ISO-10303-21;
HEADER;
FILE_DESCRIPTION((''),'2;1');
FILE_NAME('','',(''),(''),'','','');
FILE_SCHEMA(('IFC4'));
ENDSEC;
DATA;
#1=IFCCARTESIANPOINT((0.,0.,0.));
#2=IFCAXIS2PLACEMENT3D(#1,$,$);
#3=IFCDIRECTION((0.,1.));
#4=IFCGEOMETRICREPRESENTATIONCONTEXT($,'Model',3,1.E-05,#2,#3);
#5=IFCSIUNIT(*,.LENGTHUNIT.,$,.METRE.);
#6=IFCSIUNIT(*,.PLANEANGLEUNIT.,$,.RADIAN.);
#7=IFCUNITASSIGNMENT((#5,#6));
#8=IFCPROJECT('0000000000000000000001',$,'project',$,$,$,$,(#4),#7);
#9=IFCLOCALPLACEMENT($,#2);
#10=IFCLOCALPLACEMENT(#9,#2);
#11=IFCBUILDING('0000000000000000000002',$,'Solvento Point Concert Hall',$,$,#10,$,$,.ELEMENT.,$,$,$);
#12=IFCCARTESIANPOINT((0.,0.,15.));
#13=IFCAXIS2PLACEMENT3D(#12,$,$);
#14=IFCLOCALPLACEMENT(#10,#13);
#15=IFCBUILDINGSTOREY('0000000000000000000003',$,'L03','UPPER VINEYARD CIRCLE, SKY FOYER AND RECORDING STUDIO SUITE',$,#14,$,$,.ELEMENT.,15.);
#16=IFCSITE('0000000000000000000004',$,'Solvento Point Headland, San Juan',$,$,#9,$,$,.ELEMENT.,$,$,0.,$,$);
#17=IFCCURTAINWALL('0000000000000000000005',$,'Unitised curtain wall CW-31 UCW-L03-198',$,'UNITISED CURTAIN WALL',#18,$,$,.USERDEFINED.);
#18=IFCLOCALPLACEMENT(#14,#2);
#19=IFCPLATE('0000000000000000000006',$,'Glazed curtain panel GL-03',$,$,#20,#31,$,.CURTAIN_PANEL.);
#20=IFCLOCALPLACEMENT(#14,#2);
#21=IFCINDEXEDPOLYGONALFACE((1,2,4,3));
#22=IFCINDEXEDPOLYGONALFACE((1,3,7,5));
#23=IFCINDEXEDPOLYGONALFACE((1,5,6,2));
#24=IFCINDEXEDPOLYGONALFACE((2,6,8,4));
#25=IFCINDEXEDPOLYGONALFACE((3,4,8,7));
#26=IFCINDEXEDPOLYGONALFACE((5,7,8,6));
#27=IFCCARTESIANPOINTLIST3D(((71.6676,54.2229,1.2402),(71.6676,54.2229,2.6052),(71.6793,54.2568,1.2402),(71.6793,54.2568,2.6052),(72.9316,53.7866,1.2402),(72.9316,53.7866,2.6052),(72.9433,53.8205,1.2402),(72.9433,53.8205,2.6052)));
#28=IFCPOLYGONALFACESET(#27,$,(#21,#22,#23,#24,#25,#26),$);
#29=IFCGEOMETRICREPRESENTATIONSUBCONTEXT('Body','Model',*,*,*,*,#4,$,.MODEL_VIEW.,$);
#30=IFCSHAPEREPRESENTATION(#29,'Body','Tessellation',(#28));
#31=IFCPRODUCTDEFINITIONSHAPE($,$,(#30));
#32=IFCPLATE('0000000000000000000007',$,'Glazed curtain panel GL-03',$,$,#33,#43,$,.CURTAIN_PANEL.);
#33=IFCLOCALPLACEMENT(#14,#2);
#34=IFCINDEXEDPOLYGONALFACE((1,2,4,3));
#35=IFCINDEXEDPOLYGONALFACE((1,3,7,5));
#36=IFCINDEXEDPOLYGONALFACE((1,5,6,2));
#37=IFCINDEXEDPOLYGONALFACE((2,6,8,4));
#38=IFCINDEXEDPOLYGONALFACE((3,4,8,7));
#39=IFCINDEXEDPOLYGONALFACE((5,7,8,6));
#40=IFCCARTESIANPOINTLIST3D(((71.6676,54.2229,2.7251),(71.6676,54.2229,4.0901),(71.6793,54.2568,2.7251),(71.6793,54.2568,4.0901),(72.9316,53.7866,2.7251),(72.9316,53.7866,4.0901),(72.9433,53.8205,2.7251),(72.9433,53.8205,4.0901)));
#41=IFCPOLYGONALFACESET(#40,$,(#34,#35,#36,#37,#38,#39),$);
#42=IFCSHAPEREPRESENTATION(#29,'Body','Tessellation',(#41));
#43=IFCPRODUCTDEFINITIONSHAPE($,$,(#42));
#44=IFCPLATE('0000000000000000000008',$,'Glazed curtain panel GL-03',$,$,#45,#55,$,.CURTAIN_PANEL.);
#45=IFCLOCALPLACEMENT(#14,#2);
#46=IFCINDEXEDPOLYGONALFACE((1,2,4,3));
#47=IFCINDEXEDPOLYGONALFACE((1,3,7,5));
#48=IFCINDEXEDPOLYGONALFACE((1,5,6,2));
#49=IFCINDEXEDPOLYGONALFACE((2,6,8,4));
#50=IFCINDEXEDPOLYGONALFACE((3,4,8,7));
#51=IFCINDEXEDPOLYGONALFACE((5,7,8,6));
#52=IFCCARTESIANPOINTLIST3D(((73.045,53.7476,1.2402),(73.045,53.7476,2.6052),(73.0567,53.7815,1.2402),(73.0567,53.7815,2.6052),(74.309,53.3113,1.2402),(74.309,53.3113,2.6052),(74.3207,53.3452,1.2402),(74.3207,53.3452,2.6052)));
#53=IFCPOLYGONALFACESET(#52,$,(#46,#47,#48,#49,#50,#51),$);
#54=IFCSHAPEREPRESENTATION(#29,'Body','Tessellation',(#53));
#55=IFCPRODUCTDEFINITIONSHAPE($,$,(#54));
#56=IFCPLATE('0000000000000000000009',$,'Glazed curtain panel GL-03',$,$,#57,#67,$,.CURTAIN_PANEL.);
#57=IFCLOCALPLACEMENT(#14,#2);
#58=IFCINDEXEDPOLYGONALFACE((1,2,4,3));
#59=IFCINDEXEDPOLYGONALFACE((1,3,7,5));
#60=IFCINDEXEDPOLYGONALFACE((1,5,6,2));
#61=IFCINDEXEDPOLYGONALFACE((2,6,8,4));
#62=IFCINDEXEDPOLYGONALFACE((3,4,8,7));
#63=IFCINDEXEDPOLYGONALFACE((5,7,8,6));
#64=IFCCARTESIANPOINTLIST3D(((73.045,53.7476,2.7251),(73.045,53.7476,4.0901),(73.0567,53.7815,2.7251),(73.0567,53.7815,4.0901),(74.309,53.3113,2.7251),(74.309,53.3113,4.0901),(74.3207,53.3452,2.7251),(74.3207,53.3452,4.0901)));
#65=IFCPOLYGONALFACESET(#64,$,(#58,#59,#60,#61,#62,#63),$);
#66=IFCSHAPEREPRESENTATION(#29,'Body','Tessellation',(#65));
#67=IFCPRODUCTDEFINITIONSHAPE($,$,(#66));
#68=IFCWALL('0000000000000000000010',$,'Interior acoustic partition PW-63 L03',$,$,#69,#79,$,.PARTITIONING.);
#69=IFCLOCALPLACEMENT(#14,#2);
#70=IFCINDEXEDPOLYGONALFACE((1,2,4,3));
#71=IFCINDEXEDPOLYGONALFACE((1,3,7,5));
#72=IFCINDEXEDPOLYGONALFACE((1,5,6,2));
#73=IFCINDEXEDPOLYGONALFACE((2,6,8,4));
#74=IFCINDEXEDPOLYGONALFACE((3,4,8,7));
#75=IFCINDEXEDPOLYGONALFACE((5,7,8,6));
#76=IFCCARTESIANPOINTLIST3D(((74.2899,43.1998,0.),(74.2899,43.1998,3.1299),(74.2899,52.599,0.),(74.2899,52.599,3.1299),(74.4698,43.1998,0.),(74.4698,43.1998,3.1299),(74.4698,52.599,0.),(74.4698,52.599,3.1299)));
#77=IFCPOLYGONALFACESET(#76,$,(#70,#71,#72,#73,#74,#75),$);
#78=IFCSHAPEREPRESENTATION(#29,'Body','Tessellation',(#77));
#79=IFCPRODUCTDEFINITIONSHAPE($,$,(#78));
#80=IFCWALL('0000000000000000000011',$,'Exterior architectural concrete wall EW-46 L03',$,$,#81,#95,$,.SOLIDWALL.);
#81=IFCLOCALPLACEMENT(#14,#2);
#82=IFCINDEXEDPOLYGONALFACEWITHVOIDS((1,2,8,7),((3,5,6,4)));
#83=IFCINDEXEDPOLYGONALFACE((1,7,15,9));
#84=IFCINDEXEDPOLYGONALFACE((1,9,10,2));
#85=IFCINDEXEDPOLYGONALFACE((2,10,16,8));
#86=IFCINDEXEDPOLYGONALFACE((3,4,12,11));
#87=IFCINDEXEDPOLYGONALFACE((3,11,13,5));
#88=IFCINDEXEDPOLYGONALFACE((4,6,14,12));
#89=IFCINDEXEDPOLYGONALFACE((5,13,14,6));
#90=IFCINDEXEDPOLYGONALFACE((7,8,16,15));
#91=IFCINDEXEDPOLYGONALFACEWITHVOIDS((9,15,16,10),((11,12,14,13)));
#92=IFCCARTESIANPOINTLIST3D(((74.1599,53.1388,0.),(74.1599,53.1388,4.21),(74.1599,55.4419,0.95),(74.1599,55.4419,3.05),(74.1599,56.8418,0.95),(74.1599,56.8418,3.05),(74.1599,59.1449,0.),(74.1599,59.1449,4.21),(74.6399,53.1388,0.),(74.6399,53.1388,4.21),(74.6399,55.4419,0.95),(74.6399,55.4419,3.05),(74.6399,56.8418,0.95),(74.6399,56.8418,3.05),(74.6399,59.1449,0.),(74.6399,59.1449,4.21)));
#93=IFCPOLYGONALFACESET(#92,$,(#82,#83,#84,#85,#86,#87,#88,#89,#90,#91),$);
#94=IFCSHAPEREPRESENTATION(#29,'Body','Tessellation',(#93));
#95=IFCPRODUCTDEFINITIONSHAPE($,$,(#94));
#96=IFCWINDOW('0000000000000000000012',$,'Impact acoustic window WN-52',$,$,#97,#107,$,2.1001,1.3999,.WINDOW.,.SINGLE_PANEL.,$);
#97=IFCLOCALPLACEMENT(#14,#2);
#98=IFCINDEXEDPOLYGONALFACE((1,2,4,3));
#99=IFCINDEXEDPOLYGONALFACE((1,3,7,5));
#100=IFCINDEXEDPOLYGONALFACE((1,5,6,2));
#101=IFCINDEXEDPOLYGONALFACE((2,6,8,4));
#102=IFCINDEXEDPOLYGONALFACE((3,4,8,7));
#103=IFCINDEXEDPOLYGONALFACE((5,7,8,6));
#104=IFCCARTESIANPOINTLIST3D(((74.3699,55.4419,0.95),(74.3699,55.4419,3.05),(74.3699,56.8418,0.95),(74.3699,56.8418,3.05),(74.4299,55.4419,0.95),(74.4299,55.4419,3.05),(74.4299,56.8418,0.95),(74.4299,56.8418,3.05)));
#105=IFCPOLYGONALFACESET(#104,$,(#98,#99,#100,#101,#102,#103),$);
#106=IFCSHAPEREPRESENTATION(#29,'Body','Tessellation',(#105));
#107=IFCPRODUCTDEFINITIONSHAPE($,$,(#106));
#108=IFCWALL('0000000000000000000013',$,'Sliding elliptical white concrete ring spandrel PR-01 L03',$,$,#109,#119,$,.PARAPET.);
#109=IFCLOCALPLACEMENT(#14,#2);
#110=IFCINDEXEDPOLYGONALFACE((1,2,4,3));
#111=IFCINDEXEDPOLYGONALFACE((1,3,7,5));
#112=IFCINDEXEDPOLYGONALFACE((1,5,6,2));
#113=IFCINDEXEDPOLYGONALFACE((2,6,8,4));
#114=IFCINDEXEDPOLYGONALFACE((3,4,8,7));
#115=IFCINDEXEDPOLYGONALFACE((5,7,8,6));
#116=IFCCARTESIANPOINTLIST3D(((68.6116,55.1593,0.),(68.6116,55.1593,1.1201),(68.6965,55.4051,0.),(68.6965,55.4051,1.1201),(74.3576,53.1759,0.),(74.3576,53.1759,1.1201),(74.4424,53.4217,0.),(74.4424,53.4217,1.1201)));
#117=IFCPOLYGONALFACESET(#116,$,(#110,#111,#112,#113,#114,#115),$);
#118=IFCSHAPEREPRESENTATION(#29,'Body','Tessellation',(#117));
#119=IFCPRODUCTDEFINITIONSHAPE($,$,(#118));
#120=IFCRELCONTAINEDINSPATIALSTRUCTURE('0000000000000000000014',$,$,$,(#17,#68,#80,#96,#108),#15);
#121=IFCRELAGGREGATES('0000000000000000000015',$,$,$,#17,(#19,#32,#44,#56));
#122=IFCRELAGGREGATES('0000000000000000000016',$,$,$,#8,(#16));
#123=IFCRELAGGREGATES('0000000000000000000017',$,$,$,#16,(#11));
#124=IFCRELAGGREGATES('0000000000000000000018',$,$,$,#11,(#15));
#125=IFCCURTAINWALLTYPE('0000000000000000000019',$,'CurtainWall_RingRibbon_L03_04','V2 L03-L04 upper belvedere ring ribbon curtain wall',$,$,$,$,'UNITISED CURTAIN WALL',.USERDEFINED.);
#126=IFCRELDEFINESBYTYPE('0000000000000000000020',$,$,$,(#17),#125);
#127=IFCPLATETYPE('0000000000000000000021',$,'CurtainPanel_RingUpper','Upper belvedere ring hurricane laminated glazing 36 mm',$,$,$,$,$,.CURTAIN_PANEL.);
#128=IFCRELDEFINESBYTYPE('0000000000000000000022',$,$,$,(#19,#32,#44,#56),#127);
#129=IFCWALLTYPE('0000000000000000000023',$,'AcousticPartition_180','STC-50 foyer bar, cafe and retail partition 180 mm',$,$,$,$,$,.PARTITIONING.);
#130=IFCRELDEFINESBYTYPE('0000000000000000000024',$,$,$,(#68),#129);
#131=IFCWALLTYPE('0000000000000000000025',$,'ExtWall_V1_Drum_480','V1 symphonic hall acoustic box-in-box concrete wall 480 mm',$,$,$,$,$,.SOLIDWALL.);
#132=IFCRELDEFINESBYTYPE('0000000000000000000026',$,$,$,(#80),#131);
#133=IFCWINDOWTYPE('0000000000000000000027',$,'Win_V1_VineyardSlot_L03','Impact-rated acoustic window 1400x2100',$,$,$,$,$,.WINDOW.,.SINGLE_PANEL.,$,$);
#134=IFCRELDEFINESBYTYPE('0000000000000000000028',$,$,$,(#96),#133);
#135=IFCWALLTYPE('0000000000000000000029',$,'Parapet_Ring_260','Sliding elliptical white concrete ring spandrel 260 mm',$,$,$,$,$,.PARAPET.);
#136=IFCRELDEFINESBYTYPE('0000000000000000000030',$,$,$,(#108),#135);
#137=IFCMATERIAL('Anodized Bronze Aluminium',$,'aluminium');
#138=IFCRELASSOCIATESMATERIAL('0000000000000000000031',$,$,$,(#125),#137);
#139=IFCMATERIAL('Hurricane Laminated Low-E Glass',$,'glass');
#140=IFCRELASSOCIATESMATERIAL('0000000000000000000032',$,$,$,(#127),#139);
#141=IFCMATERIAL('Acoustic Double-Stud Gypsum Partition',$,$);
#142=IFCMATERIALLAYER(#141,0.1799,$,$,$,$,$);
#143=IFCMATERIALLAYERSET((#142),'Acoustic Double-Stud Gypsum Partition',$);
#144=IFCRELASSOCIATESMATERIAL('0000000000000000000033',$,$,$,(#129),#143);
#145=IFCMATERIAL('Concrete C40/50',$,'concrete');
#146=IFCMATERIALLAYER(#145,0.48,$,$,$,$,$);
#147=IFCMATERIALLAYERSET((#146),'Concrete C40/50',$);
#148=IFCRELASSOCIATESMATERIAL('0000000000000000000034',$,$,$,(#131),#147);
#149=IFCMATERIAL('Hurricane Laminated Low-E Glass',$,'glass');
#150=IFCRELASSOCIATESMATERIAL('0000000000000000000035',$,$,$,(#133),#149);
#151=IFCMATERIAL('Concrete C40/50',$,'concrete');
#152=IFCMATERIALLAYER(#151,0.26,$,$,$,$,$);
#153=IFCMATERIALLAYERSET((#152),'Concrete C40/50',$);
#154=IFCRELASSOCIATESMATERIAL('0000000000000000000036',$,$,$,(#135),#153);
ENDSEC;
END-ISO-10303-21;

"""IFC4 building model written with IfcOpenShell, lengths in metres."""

from ifc_helpers import new_model, si_unit, direction, frame, frame_2d, origin, origin_2d, place, context, subcontext, project, spatial, rectangle, extrude, material, layer, layer_set, type_object, element, fill, aggregate, save


model = new_model("IFC4")

# Units and contexts
model_context = context("Model", 3, precision=1e-05, world=origin(), true_north=direction((0.0, 1.0)))
body_context = subcontext(model_context, "Body", "Model", "MODEL_VIEW")
ifc_project = project(units=[si_unit("LENGTHUNIT", "METRE"), si_unit("PLANEANGLEUNIT", "RADIAN")], contexts=[model_context])

# Site, building, storey
site_placement = place(None, origin())
site = spatial("IfcSite", under=ifc_project, at=site_placement, Name="Solvento Point Headland, San Juan", CompositionType="ELEMENT", RefElevation=0.0)
building_placement = place(site_placement, origin())
building = spatial("IfcBuilding", under=site, at=building_placement, Name="Solvento Point Concert Hall", CompositionType="ELEMENT")
storey_placement = place(building_placement, frame((0.0, 0.0, 15.0)))
storey = spatial("IfcBuildingStorey", under=building, at=storey_placement, Name="L03", Description="UPPER VINEYARD CIRCLE, SKY FOYER AND RECORDING STUDIO SUITE", CompositionType="ELEMENT", Elevation=15.0)

# Shared definitions
ifc_material_1 = material(Name="Anodized Bronze Aluminium", Category="aluminium")
curtain_wall_type = type_object("IfcCurtainWallType", Name="CurtainWall_RingRibbon_L03_04", Description="V2 L03-L04 upper belvedere ring ribbon curtain wall", ElementType="UNITISED CURTAIN WALL", PredefinedType="USERDEFINED", material=ifc_material_1)

# Curtain wall
curtain_wall_1_placement = place(storey_placement, origin())
curtain_wall_1 = element("IfcCurtainWall", 1, at=curtain_wall_1_placement, inside=storey, type_object=curtain_wall_type, Name="Unitised curtain wall CW-31 UCW-L03-198", ObjectType="UNITISED CURTAIN WALL", PredefinedType="USERDEFINED")

# Plates
ifc_material_2 = material(Name="Hurricane Laminated Low-E Glass", Category="glass")
plate_type = type_object("IfcPlateType", Name="CurtainPanel_RingUpper", Description="Upper belvedere ring hurricane laminated glazing 36 mm", PredefinedType="CURTAIN_PANEL", material=ifc_material_2)
plate_1_placement = place(storey_placement, frame((72.3054, 54.0217, 1.2402), z_axis=(0.0, 0.0, 1.0), x_axis=(0.945271, -0.326288, 0.0)))
plate_1 = element("IfcPlate", 2, at=plate_1_placement, type_object=plate_type, Name="Glazed curtain panel GL-03", PredefinedType="CURTAIN_PANEL", context=body_context, shape_type="SweptSolid", body=[
    extrude(rectangle(XDim=1.3372, YDim=0.0359, at=origin_2d()), origin(), (0.0, 0.0, 1.0), 1.365),
])
plate_2_placement = place(storey_placement, frame((72.3054, 54.0217, 2.7251), z_axis=(0.0, 0.0, 1.0), x_axis=(0.945271, -0.326288, 0.0)))
plate_2 = element("IfcPlate", 3, at=plate_2_placement, type_object=plate_type, Name="Glazed curtain panel GL-03", PredefinedType="CURTAIN_PANEL", context=body_context, shape_type="SweptSolid", body=[
    extrude(rectangle(XDim=1.3372, YDim=0.0359, at=origin_2d()), origin(), (0.0, 0.0, 1.0), 1.365),
])
plate_3_placement = place(storey_placement, frame((73.6829, 53.5464, 1.2402), z_axis=(0.0, 0.0, 1.0), x_axis=(0.945271, -0.326288, 0.0)))
plate_3 = element("IfcPlate", 4, at=plate_3_placement, type_object=plate_type, Name="Glazed curtain panel GL-03", PredefinedType="CURTAIN_PANEL", context=body_context, shape_type="SweptSolid", body=[
    extrude(rectangle(XDim=1.3372, YDim=0.0359, at=origin_2d()), origin(), (0.0, 0.0, 1.0), 1.365),
])
plate_4_placement = place(storey_placement, frame((73.6829, 53.5464, 2.7251), z_axis=(0.0, 0.0, 1.0), x_axis=(0.945271, -0.326288, 0.0)))
plate_4 = element("IfcPlate", 5, at=plate_4_placement, type_object=plate_type, Name="Glazed curtain panel GL-03", PredefinedType="CURTAIN_PANEL", context=body_context, shape_type="SweptSolid", body=[
    extrude(rectangle(XDim=1.3372, YDim=0.0359, at=origin_2d()), origin(), (0.0, 0.0, 1.0), 1.365),
])
aggregate(curtain_wall_1, [plate_1, plate_2, plate_3, plate_4])

# Wall
ifc_material_3 = material(Name="Acoustic Double-Stud Gypsum Partition")
ifc_layer_1 = layer(ifc_material_3, 0.1799)
ifc_layer_set_1 = layer_set([ifc_layer_1], Name="Acoustic Double-Stud Gypsum Partition")
wall_type_1 = type_object("IfcWallType", Name="AcousticPartition_180", Description="STC-50 foyer bar, cafe and retail partition 180 mm", PredefinedType="PARTITIONING", material=ifc_layer_set_1)
wall_1_placement = place(storey_placement, frame((74.3799, 52.5991, 0.0), z_axis=(0.0, 0.0, 1.0), x_axis=(0.0, -1.0, 0.0)))
element("IfcWall", 6, at=wall_1_placement, inside=storey, type_object=wall_type_1, Name="Interior acoustic partition PW-63 L03", PredefinedType="PARTITIONING", context=body_context, shape_type="SweptSolid", body=[
    extrude(rectangle(XDim=9.3992, YDim=0.1799, at=frame_2d((4.6997, 0.0))), origin(), (0.0, 0.0, 1.0), 3.1299),
])

# Wall, opening, window
ifc_material_4 = material(Name="Concrete C40/50", Category="concrete")
ifc_layer_2 = layer(ifc_material_4, 0.48)
ifc_layer_set_2 = layer_set([ifc_layer_2], Name="Concrete C40/50")
wall_type_2 = type_object("IfcWallType", Name="ExtWall_V1_Drum_480", Description="V1 symphonic hall acoustic box-in-box concrete wall 480 mm", PredefinedType="SOLIDWALL", material=ifc_layer_set_2)
wall_2_placement = place(storey_placement, frame((74.3999, 53.1389, 0.0), z_axis=(0.0, 0.0, 1.0), x_axis=(0.0, 1.0, 0.0)))
wall_2 = element("IfcWall", 7, at=wall_2_placement, inside=storey, type_object=wall_type_2, Name="Exterior architectural concrete wall EW-46 L03", PredefinedType="SOLIDWALL", context=body_context, shape_type="SweptSolid", body=[
    extrude(rectangle(XDim=6.0061, YDim=0.48, at=frame_2d((3.0029, 0.0))), origin(), (0.0, 0.0, 1.0), 4.21),
])
opening_placement = place(wall_2_placement, frame((2.303, 0.0, 0.95)))
opening = element("IfcOpeningElement", 8, at=opening_placement, cuts=wall_2, PredefinedType="OPENING", context=body_context, shape_type="SweptSolid", body=[
    extrude(rectangle(XDim=1.3999, YDim=2.1001, at=frame_2d((0.7, 1.05))), frame((0.0, 0.25, 0.0), z_axis=(0.0, -1.0, 0.0), x_axis=(1.0, 0.0, 0.0)), (0.0, 0.0, 1.0), 0.5),
])
ifc_material_5 = material(Name="Hurricane Laminated Low-E Glass", Category="glass")
window_type = type_object("IfcWindowType", Name="Win_V1_VineyardSlot_L03", Description="Impact-rated acoustic window 1400x2100", PartitioningType="SINGLE_PANEL", PredefinedType="WINDOW", material=ifc_material_5)
window_placement = place(opening_placement, origin())
window = element("IfcWindow", 9, at=window_placement, inside=storey, type_object=window_type, Name="Impact acoustic window WN-52", OverallHeight=2.1001, OverallWidth=1.3999, PartitioningType="SINGLE_PANEL", PredefinedType="WINDOW", context=body_context, shape_type="SweptSolid", body=[
    extrude(rectangle(XDim=1.3999, YDim=2.1001, at=frame_2d((0.7, 1.05))), frame((0.0, 0.03, 0.0), z_axis=(0.0, -1.0, 0.0), x_axis=(1.0, 0.0, 0.0)), (0.0, 0.0, 1.0), 0.0601),
])
fill(opening, window)

# Wall
ifc_material_6 = material(Name="Concrete C40/50", Category="concrete")
ifc_layer_3 = layer(ifc_material_6, 0.26)
ifc_layer_set_3 = layer_set([ifc_layer_3], Name="Concrete C40/50")
wall_type_3 = type_object("IfcWallType", Name="Parapet_Ring_260", Description="Sliding elliptical white concrete ring spandrel 260 mm", PredefinedType="PARAPET", material=ifc_layer_set_3)
wall_3_placement = place(storey_placement, frame((68.6541, 55.2822, 0.0), z_axis=(0.0, 0.0, 1.0), x_axis=(0.945268, -0.326295, 0.0)))
element("IfcWall", 10, at=wall_3_placement, inside=storey, type_object=wall_type_3, Name="Sliding elliptical white concrete ring spandrel PR-01 L03", PredefinedType="PARAPET", context=body_context, shape_type="SweptSolid", body=[
    extrude(rectangle(XDim=6.0786, YDim=0.26, at=frame_2d((3.0393, 0.0))), origin(), (0.0, 0.0, 1.0), 1.1201),
])

save(model, "model.ifc")
